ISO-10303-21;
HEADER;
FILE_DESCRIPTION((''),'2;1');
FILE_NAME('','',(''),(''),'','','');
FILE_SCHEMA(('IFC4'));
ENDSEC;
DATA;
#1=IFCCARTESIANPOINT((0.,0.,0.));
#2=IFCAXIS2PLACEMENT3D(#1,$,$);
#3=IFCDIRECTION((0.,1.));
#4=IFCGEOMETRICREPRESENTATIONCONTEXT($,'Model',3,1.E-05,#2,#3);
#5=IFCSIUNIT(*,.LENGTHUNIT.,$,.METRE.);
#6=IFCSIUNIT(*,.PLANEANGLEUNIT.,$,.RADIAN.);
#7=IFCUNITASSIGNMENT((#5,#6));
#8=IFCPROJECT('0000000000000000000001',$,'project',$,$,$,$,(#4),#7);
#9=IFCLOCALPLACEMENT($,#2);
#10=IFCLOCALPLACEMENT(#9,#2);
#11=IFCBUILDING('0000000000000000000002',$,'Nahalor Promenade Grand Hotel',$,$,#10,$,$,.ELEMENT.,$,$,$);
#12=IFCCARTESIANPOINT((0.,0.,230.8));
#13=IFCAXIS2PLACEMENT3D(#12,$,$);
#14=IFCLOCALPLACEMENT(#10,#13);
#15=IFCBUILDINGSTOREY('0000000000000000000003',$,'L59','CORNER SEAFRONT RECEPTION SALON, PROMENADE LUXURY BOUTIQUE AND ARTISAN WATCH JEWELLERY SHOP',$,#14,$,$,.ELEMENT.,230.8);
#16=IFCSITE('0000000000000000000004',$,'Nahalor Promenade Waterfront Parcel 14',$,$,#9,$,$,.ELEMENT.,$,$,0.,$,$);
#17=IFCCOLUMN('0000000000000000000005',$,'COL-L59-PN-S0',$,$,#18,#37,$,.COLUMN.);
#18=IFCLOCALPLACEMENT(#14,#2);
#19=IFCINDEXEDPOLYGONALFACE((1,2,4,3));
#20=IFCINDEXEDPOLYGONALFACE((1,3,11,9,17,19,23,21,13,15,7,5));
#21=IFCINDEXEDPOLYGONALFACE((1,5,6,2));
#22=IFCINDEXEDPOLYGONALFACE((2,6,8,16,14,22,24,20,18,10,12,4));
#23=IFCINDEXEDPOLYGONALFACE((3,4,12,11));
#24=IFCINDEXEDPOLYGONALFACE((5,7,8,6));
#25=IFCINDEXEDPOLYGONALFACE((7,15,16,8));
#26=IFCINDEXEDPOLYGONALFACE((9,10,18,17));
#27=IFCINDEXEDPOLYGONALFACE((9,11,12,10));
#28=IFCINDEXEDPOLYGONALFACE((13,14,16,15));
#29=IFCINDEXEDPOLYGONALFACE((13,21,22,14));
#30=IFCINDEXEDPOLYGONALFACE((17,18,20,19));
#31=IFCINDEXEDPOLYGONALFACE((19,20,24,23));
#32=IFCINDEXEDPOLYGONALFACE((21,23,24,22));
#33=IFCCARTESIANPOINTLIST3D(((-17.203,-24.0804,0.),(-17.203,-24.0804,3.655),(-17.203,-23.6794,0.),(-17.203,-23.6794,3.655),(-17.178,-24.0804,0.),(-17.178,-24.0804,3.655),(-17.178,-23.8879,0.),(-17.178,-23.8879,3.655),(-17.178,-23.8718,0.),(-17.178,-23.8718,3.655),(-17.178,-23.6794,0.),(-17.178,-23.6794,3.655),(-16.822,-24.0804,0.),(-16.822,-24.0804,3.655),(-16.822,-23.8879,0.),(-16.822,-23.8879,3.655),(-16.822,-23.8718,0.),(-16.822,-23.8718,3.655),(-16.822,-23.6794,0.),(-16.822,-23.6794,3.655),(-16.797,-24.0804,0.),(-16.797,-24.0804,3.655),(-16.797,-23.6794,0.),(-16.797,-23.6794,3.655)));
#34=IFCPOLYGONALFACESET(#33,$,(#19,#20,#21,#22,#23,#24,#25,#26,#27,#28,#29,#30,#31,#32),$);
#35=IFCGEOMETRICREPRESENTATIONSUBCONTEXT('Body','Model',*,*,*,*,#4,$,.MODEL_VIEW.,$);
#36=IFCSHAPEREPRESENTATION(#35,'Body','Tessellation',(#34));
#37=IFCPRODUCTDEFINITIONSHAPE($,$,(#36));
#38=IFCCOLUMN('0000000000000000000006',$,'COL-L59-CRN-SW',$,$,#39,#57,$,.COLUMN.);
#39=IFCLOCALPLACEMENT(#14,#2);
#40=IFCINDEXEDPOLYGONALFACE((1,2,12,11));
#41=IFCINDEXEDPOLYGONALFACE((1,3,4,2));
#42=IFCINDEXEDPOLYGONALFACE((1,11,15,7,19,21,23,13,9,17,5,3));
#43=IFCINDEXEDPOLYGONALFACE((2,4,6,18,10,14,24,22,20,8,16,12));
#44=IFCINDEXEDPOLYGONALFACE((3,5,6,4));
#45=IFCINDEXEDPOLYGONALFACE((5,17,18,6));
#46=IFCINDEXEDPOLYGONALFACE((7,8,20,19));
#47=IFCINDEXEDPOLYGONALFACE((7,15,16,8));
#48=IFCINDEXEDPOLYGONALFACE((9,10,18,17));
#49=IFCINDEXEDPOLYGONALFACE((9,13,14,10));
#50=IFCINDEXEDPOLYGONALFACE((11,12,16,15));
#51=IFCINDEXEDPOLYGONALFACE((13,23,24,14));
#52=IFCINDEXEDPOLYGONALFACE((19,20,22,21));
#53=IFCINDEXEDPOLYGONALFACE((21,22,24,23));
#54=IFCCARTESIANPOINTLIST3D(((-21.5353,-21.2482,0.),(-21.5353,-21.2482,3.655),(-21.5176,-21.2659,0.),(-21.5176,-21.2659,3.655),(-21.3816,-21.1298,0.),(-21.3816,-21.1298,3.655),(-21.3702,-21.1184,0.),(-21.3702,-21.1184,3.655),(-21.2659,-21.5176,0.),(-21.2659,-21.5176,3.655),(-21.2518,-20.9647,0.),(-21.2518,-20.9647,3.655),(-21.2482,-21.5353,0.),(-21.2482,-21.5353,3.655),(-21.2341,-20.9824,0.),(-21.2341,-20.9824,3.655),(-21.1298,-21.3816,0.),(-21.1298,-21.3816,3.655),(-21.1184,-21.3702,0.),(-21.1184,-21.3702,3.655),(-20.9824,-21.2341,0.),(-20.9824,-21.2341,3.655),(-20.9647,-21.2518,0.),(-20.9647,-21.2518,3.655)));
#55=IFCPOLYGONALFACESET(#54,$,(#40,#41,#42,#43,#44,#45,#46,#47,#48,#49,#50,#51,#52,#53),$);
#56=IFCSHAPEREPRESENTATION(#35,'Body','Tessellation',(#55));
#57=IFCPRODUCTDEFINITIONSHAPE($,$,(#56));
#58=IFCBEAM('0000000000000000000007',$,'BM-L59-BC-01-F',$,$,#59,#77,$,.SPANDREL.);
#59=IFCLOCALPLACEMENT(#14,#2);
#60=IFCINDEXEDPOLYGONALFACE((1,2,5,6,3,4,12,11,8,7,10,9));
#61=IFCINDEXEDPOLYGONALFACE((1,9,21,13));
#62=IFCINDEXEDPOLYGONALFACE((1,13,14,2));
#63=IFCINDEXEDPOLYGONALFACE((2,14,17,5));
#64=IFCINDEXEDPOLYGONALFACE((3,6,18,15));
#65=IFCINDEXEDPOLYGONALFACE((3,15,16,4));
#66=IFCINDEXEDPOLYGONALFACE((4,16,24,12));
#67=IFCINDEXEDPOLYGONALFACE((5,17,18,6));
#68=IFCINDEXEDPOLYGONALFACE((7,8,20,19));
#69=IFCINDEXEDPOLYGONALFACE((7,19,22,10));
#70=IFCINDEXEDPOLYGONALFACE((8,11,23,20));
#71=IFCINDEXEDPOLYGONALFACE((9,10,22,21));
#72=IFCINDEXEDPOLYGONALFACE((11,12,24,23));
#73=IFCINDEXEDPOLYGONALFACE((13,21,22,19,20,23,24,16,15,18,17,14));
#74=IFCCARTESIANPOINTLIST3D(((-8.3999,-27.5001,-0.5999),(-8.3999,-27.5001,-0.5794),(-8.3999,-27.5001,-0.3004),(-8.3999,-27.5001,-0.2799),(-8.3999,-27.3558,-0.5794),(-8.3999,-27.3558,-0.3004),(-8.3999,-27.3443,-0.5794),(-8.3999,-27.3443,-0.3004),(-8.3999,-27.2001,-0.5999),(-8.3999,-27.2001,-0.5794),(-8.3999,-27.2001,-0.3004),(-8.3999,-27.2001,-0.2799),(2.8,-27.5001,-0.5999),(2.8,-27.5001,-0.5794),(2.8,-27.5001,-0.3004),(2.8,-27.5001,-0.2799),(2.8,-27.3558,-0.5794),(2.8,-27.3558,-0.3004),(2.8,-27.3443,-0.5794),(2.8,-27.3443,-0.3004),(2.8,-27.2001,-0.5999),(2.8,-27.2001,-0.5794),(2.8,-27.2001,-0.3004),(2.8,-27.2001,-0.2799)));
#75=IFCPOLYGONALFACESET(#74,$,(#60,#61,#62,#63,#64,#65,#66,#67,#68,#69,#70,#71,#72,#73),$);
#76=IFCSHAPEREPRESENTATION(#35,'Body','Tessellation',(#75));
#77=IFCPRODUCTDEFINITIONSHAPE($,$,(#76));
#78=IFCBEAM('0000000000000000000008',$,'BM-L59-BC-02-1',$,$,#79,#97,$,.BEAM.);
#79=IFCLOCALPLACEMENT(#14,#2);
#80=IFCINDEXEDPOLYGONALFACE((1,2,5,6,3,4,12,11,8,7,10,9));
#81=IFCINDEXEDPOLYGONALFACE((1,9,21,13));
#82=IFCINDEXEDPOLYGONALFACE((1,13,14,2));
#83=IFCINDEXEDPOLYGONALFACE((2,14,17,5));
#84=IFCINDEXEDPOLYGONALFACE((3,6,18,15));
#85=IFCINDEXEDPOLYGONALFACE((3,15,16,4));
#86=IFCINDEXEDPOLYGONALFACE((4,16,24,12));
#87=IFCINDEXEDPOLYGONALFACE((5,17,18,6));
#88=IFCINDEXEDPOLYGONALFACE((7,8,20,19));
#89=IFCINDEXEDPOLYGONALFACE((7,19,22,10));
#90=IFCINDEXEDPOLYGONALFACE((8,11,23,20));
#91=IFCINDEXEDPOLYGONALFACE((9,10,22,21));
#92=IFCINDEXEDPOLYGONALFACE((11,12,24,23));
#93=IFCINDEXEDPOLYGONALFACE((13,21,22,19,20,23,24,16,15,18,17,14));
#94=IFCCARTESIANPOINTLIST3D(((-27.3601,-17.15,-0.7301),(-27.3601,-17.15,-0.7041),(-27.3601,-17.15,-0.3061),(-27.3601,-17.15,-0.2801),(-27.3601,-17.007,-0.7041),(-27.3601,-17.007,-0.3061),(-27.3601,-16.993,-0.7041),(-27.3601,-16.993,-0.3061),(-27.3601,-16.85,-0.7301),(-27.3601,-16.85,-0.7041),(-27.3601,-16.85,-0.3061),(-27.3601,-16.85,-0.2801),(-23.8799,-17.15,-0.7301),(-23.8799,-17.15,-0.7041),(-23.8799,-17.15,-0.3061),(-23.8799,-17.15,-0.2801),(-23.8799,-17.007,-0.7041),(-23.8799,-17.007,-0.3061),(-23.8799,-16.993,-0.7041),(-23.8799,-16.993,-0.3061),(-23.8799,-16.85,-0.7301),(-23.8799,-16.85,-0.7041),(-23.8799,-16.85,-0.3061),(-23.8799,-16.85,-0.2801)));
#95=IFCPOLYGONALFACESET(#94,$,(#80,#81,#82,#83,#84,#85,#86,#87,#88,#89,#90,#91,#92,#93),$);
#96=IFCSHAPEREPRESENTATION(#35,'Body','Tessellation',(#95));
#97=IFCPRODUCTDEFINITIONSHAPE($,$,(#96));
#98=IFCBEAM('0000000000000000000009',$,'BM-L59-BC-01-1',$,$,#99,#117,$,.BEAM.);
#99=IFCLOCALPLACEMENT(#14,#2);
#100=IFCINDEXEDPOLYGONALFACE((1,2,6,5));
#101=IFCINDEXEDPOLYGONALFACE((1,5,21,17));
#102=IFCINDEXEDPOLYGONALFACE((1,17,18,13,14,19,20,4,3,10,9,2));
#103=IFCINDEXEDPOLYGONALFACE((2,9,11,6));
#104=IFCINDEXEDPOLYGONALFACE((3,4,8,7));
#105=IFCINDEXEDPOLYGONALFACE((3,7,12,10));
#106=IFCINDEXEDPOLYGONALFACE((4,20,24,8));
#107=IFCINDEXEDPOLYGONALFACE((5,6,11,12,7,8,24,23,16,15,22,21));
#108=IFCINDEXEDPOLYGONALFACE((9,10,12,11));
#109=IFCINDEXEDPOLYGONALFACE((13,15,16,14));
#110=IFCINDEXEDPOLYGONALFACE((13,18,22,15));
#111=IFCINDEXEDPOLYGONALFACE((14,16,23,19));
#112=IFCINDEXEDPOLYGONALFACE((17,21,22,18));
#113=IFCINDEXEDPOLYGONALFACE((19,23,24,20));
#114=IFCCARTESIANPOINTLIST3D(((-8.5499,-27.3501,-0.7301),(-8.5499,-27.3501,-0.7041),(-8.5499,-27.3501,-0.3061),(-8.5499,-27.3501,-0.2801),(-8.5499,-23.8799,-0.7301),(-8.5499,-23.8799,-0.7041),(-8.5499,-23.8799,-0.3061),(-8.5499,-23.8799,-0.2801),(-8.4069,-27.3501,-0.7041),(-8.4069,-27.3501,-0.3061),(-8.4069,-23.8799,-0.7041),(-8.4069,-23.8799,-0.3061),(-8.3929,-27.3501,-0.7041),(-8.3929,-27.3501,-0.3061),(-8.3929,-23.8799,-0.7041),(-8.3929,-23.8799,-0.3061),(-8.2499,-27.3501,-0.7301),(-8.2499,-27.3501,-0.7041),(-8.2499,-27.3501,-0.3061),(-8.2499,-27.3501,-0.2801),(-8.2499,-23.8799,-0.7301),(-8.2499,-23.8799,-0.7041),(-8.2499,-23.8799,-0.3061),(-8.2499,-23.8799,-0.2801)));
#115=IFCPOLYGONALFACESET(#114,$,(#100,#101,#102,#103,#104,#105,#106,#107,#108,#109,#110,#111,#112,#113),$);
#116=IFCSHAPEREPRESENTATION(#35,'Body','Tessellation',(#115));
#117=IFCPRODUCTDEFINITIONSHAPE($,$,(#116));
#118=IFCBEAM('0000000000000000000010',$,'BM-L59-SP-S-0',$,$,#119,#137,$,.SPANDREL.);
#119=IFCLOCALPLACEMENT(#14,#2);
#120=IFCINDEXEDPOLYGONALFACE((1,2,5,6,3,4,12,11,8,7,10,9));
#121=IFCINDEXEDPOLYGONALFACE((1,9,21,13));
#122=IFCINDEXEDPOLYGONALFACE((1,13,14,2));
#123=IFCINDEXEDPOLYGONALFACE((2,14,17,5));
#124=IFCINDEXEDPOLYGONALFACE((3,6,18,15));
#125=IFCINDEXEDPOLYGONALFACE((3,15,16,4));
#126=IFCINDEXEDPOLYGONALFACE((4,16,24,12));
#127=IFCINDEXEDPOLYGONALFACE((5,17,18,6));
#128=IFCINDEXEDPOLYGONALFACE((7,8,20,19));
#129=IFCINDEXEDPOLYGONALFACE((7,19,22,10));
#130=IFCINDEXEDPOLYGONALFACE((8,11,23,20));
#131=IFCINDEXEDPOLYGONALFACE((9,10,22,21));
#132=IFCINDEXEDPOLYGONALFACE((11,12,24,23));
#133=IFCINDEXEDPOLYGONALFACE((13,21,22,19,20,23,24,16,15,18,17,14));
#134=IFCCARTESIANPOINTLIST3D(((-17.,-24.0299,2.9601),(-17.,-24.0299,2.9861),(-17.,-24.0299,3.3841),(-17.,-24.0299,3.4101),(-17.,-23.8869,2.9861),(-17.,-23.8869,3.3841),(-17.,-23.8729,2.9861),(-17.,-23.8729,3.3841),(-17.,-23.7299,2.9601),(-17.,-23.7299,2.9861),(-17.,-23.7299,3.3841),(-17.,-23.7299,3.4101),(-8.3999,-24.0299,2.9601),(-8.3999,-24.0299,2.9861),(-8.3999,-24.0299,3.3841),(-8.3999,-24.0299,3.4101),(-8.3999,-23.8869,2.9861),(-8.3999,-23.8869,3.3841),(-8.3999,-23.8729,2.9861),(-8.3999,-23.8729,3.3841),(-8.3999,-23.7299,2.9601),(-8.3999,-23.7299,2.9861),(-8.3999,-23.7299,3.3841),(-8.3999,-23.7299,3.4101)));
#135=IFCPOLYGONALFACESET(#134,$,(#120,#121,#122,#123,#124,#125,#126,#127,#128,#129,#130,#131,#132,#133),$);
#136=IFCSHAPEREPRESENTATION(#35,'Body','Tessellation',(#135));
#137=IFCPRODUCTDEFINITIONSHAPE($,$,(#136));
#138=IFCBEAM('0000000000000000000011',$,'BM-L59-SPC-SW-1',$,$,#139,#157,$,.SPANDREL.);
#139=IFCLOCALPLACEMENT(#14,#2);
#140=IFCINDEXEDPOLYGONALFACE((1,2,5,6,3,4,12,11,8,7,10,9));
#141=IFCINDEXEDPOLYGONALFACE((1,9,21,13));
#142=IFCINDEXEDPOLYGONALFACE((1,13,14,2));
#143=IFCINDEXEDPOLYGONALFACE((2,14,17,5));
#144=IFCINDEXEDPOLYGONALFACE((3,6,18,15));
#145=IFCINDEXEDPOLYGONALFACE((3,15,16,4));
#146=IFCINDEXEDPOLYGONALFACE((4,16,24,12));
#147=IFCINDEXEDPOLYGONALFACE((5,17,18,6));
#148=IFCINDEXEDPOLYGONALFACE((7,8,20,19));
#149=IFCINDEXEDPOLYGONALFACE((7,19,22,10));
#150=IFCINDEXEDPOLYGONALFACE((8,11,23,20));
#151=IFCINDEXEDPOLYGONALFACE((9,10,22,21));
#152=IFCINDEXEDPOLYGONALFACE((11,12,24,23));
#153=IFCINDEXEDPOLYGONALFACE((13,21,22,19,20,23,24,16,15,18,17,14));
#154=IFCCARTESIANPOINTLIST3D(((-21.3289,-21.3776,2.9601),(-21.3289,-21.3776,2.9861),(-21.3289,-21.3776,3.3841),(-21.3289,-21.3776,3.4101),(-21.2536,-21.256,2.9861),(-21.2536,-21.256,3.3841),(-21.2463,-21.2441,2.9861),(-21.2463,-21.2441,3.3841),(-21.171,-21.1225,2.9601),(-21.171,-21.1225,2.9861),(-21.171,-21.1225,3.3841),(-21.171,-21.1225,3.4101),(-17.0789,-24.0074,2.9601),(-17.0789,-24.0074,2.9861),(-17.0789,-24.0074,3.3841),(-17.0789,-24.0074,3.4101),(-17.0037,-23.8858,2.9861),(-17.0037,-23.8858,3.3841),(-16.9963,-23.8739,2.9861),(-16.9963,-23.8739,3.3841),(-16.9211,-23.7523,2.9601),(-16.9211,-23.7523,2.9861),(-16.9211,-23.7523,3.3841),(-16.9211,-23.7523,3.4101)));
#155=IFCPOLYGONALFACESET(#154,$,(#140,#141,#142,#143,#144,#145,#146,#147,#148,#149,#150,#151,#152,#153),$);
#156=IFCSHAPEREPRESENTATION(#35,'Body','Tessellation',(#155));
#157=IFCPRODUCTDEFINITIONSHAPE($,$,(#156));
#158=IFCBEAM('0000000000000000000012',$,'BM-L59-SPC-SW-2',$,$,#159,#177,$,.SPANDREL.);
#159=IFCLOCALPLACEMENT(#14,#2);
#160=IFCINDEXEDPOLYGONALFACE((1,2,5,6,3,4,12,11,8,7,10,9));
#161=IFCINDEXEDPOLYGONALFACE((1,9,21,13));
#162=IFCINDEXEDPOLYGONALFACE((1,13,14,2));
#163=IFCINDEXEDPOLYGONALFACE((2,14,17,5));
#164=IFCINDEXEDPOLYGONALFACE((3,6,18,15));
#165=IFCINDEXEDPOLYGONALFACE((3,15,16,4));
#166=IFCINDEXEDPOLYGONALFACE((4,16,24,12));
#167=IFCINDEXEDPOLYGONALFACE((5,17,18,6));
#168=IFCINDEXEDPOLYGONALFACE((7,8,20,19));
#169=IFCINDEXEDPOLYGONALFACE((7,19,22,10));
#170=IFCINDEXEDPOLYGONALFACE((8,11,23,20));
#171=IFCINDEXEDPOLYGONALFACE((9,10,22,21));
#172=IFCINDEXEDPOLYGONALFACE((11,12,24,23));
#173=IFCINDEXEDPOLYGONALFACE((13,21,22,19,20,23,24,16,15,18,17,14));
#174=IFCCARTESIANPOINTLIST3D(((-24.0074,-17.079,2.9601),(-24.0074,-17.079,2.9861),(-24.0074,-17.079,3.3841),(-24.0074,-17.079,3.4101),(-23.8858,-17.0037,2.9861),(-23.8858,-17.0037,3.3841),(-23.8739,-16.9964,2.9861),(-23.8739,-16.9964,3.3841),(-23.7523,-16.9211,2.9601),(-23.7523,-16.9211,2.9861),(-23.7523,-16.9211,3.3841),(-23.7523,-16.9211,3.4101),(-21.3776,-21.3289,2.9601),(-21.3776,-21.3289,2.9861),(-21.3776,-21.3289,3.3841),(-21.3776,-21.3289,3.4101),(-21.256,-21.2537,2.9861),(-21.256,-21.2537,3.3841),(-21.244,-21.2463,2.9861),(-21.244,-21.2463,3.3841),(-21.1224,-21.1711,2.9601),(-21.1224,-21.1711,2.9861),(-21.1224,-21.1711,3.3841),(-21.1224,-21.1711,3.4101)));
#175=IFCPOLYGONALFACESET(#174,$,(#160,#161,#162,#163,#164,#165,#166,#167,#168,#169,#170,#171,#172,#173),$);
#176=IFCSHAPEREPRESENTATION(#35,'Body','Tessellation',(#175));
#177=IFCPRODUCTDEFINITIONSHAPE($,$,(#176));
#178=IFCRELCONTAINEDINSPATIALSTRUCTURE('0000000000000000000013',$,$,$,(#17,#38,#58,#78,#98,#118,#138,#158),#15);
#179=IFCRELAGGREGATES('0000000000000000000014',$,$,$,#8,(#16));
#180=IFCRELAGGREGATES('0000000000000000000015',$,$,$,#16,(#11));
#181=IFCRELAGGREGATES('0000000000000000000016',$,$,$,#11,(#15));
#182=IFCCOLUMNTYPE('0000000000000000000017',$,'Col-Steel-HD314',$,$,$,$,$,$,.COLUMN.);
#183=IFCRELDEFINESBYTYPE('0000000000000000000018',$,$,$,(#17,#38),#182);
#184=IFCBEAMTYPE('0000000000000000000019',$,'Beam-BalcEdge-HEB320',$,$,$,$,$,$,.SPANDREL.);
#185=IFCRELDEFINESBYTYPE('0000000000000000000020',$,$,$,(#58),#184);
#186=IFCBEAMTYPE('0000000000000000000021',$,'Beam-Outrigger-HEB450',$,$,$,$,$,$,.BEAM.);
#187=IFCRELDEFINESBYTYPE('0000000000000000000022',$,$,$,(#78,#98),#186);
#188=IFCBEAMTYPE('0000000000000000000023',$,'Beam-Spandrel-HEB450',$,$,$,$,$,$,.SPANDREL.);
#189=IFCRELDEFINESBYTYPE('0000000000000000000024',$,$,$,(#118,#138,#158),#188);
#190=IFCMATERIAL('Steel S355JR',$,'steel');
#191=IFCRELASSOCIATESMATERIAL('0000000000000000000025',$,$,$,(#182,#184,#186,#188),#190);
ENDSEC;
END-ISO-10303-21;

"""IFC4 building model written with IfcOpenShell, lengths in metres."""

from ifc_helpers import new_model, si_unit, direction, frame, origin, origin_2d, place, context, subcontext, project, spatial, i_section, extrude, source, transform, mapped, material, material_profile, profile_set, type_object, element, save


model = new_model("IFC4")

# Units and contexts
model_context = context("Model", 3, precision=1e-05, world=origin(), true_north=direction((0.0, 1.0)))
body_context = subcontext(model_context, "Body", "Model", "MODEL_VIEW")
ifc_project = project(units=[si_unit("LENGTHUNIT", "METRE"), si_unit("PLANEANGLEUNIT", "RADIAN")], contexts=[model_context])

# Site, building, storey
site_placement = place(None, origin())
site = spatial("IfcSite", under=ifc_project, at=site_placement, Name="Nahalor Promenade Waterfront Parcel 14", CompositionType="ELEMENT", RefElevation=0.0)
building_placement = place(site_placement, origin())
building = spatial("IfcBuilding", under=site, at=building_placement, Name="Nahalor Promenade Grand Hotel", CompositionType="ELEMENT")
storey_placement = place(building_placement, frame((0.0, 0.0, 230.8)))
storey = spatial("IfcBuildingStorey", under=building, at=storey_placement, Name="L59", Description="CORNER SEAFRONT RECEPTION SALON, PROMENADE LUXURY BOUTIQUE AND ARTISAN WATCH JEWELLERY SHOP", CompositionType="ELEMENT", Elevation=230.8)

# Columns
ifc_material_1 = material(Name="Steel S355JR", Category="steel")
ifc_material_profile_1 = material_profile(ifc_material_1, i_section(OverallWidth=0.401, OverallDepth=0.406, WebThickness=0.0161, FlangeThickness=0.025, at=origin_2d()), Name="HD 400x314")
ifc_profile_set_1 = profile_set([ifc_material_profile_1], Name="Steel S355JR")
column_type = type_object("IfcColumnType", Name="Col-Steel-HD314", PredefinedType="COLUMN", material=ifc_profile_set_1)
shared_shape_1 = source(origin(), body_context, "Body", "SweptSolid", [
    extrude(i_section(OverallWidth=0.401, OverallDepth=0.406, WebThickness=0.0161, FlangeThickness=0.025, at=origin_2d()), origin(), (0.0, 0.0, 1.0), 3.655),
])
for number, where, z_axis, x_axis, name in (
    (1, (-17.0, -23.8799, 0.0), (0.0, 0.0, 1.0), (0.0, 1.0, 0.0), "COL-L59-PN-S0"),
    (2, (-21.25, -21.25, 0.0), (0.0, 0.0, 1.0), (0.707107, 0.707107, 0.0), "COL-L59-CRN-SW"),
):
    element("IfcColumn", number, at=place(storey_placement, frame(where, z_axis=z_axis, x_axis=x_axis)), inside=storey, type_object=column_type, Name=name, PredefinedType="COLUMN", context=body_context, shape_type="MappedRepresentation", body=[
        mapped(shared_shape_1, transform((0.0, 0.0, 0.0), scale=1.0)),
    ])

# Beams
ifc_material_profile_2 = material_profile(ifc_material_1, i_section(OverallWidth=0.3, OverallDepth=0.32, WebThickness=0.0115, FlangeThickness=0.0205, at=origin_2d()), Name="HEB 320")
ifc_profile_set_2 = profile_set([ifc_material_profile_2], Name="Steel S355JR")
beam_type_1 = type_object("IfcBeamType", Name="Beam-BalcEdge-HEB320", PredefinedType="SPANDREL", material=ifc_profile_set_2)
shared_shape_2 = source(origin(), body_context, "Body", "SweptSolid", [
    extrude(i_section(OverallWidth=0.3, OverallDepth=0.32, WebThickness=0.0115, FlangeThickness=0.0205, at=origin_2d()), origin(), (0.0, 0.0, 1.0), 11.2),
])
beam_1_placement = place(storey_placement, frame((-8.3999, -27.3501, -0.4399), z_axis=(1.0, 0.0, 0.0), x_axis=(0.0, 1.0, 0.0)))
element("IfcBeam", 3, at=beam_1_placement, inside=storey, type_object=beam_type_1, Name="BM-L59-BC-01-F", PredefinedType="SPANDREL", context=body_context, shape_type="MappedRepresentation", body=[
    mapped(shared_shape_2, transform((0.0, 0.0, 0.0), scale=1.0)),
])
ifc_material_profile_3 = material_profile(ifc_material_1, i_section(OverallWidth=0.3, OverallDepth=0.45, WebThickness=0.014, FlangeThickness=0.026, at=origin_2d()), Name="HEB 450")
ifc_profile_set_3 = profile_set([ifc_material_profile_3], Name="Steel S355JR")
beam_type_2 = type_object("IfcBeamType", Name="Beam-Outrigger-HEB450", PredefinedType="BEAM", material=ifc_profile_set_3)
shared_shape_3 = source(origin(), body_context, "Body", "SweptSolid", [
    extrude(i_section(OverallWidth=0.3, OverallDepth=0.45, WebThickness=0.014, FlangeThickness=0.026, at=origin_2d()), origin(), (0.0, 0.0, 1.0), 3.4802),
])
beam_2_placement = place(storey_placement, frame((-27.3601, -17.0, -0.5051), z_axis=(1.0, 0.0, 0.0), x_axis=(0.0, 1.0, 0.0)))
element("IfcBeam", 4, at=beam_2_placement, inside=storey, type_object=beam_type_2, Name="BM-L59-BC-02-1", PredefinedType="BEAM", context=body_context, shape_type="MappedRepresentation", body=[
    mapped(shared_shape_3, transform((0.0, 0.0, 0.0), scale=1.0)),
])
shared_shape_4 = source(origin(), body_context, "Body", "SweptSolid", [
    extrude(i_section(OverallWidth=0.3, OverallDepth=0.45, WebThickness=0.014, FlangeThickness=0.026, at=origin_2d()), origin(), (0.0, 0.0, 1.0), 3.4702),
])
beam_3_placement = place(storey_placement, frame((-8.3999, -27.3501, -0.5051), z_axis=(0.0, 1.0, 0.0), x_axis=(-1.0, 0.0, 0.0)))
element("IfcBeam", 5, at=beam_3_placement, inside=storey, type_object=beam_type_2, Name="BM-L59-BC-01-1", PredefinedType="BEAM", context=body_context, shape_type="MappedRepresentation", body=[
    mapped(shared_shape_4, transform((0.0, 0.0, 0.0), scale=1.0)),
])
ifc_material_profile_4 = material_profile(ifc_material_1, i_section(OverallWidth=0.3, OverallDepth=0.45, WebThickness=0.014, FlangeThickness=0.026, at=origin_2d()), Name="HEB 450")
ifc_profile_set_4 = profile_set([ifc_material_profile_4], Name="Steel S355JR")
beam_type_3 = type_object("IfcBeamType", Name="Beam-Spandrel-HEB450", PredefinedType="SPANDREL", material=ifc_profile_set_4)
shared_shape_5 = source(origin(), body_context, "Body", "SweptSolid", [
    extrude(i_section(OverallWidth=0.3, OverallDepth=0.45, WebThickness=0.014, FlangeThickness=0.026, at=origin_2d()), origin(), (0.0, 0.0, 1.0), 8.6001),
])
beam_4_placement = place(storey_placement, frame((-17.0, -23.8799, 3.1851), z_axis=(1.0, 0.0, 0.0), x_axis=(0.0, 1.0, 0.0)))
element("IfcBeam", 6, at=beam_4_placement, inside=storey, type_object=beam_type_3, Name="BM-L59-SP-S-0", PredefinedType="SPANDREL", context=body_context, shape_type="MappedRepresentation", body=[
    mapped(shared_shape_5, transform((0.0, 0.0, 0.0), scale=1.0)),
])
shared_shape_6 = source(origin(), body_context, "Body", "SweptSolid", [
    extrude(i_section(OverallWidth=0.3, OverallDepth=0.45, WebThickness=0.014, FlangeThickness=0.026, at=origin_2d()), origin(), (0.0, 0.0, 1.0), 4.9978),
])
for number, where, z_axis, x_axis, name in (
    (7, (-17.0, -23.8799, 3.1851), (-0.850361, 0.5262, 0.0), (-0.5262, -0.850361, 0.0), "BM-L59-SPC-SW-1"),
    (8, (-21.25, -21.25, 3.1851), (-0.5262, 0.850361, 0.0), (-0.850361, -0.5262, 0.0), "BM-L59-SPC-SW-2"),
):
    element("IfcBeam", number, at=place(storey_placement, frame(where, z_axis=z_axis, x_axis=x_axis)), inside=storey, type_object=beam_type_3, Name=name, PredefinedType="SPANDREL", context=body_context, shape_type="MappedRepresentation", body=[
        mapped(shared_shape_6, transform((0.0, 0.0, 0.0), scale=1.0)),
    ])

save(model, "model.ifc")
